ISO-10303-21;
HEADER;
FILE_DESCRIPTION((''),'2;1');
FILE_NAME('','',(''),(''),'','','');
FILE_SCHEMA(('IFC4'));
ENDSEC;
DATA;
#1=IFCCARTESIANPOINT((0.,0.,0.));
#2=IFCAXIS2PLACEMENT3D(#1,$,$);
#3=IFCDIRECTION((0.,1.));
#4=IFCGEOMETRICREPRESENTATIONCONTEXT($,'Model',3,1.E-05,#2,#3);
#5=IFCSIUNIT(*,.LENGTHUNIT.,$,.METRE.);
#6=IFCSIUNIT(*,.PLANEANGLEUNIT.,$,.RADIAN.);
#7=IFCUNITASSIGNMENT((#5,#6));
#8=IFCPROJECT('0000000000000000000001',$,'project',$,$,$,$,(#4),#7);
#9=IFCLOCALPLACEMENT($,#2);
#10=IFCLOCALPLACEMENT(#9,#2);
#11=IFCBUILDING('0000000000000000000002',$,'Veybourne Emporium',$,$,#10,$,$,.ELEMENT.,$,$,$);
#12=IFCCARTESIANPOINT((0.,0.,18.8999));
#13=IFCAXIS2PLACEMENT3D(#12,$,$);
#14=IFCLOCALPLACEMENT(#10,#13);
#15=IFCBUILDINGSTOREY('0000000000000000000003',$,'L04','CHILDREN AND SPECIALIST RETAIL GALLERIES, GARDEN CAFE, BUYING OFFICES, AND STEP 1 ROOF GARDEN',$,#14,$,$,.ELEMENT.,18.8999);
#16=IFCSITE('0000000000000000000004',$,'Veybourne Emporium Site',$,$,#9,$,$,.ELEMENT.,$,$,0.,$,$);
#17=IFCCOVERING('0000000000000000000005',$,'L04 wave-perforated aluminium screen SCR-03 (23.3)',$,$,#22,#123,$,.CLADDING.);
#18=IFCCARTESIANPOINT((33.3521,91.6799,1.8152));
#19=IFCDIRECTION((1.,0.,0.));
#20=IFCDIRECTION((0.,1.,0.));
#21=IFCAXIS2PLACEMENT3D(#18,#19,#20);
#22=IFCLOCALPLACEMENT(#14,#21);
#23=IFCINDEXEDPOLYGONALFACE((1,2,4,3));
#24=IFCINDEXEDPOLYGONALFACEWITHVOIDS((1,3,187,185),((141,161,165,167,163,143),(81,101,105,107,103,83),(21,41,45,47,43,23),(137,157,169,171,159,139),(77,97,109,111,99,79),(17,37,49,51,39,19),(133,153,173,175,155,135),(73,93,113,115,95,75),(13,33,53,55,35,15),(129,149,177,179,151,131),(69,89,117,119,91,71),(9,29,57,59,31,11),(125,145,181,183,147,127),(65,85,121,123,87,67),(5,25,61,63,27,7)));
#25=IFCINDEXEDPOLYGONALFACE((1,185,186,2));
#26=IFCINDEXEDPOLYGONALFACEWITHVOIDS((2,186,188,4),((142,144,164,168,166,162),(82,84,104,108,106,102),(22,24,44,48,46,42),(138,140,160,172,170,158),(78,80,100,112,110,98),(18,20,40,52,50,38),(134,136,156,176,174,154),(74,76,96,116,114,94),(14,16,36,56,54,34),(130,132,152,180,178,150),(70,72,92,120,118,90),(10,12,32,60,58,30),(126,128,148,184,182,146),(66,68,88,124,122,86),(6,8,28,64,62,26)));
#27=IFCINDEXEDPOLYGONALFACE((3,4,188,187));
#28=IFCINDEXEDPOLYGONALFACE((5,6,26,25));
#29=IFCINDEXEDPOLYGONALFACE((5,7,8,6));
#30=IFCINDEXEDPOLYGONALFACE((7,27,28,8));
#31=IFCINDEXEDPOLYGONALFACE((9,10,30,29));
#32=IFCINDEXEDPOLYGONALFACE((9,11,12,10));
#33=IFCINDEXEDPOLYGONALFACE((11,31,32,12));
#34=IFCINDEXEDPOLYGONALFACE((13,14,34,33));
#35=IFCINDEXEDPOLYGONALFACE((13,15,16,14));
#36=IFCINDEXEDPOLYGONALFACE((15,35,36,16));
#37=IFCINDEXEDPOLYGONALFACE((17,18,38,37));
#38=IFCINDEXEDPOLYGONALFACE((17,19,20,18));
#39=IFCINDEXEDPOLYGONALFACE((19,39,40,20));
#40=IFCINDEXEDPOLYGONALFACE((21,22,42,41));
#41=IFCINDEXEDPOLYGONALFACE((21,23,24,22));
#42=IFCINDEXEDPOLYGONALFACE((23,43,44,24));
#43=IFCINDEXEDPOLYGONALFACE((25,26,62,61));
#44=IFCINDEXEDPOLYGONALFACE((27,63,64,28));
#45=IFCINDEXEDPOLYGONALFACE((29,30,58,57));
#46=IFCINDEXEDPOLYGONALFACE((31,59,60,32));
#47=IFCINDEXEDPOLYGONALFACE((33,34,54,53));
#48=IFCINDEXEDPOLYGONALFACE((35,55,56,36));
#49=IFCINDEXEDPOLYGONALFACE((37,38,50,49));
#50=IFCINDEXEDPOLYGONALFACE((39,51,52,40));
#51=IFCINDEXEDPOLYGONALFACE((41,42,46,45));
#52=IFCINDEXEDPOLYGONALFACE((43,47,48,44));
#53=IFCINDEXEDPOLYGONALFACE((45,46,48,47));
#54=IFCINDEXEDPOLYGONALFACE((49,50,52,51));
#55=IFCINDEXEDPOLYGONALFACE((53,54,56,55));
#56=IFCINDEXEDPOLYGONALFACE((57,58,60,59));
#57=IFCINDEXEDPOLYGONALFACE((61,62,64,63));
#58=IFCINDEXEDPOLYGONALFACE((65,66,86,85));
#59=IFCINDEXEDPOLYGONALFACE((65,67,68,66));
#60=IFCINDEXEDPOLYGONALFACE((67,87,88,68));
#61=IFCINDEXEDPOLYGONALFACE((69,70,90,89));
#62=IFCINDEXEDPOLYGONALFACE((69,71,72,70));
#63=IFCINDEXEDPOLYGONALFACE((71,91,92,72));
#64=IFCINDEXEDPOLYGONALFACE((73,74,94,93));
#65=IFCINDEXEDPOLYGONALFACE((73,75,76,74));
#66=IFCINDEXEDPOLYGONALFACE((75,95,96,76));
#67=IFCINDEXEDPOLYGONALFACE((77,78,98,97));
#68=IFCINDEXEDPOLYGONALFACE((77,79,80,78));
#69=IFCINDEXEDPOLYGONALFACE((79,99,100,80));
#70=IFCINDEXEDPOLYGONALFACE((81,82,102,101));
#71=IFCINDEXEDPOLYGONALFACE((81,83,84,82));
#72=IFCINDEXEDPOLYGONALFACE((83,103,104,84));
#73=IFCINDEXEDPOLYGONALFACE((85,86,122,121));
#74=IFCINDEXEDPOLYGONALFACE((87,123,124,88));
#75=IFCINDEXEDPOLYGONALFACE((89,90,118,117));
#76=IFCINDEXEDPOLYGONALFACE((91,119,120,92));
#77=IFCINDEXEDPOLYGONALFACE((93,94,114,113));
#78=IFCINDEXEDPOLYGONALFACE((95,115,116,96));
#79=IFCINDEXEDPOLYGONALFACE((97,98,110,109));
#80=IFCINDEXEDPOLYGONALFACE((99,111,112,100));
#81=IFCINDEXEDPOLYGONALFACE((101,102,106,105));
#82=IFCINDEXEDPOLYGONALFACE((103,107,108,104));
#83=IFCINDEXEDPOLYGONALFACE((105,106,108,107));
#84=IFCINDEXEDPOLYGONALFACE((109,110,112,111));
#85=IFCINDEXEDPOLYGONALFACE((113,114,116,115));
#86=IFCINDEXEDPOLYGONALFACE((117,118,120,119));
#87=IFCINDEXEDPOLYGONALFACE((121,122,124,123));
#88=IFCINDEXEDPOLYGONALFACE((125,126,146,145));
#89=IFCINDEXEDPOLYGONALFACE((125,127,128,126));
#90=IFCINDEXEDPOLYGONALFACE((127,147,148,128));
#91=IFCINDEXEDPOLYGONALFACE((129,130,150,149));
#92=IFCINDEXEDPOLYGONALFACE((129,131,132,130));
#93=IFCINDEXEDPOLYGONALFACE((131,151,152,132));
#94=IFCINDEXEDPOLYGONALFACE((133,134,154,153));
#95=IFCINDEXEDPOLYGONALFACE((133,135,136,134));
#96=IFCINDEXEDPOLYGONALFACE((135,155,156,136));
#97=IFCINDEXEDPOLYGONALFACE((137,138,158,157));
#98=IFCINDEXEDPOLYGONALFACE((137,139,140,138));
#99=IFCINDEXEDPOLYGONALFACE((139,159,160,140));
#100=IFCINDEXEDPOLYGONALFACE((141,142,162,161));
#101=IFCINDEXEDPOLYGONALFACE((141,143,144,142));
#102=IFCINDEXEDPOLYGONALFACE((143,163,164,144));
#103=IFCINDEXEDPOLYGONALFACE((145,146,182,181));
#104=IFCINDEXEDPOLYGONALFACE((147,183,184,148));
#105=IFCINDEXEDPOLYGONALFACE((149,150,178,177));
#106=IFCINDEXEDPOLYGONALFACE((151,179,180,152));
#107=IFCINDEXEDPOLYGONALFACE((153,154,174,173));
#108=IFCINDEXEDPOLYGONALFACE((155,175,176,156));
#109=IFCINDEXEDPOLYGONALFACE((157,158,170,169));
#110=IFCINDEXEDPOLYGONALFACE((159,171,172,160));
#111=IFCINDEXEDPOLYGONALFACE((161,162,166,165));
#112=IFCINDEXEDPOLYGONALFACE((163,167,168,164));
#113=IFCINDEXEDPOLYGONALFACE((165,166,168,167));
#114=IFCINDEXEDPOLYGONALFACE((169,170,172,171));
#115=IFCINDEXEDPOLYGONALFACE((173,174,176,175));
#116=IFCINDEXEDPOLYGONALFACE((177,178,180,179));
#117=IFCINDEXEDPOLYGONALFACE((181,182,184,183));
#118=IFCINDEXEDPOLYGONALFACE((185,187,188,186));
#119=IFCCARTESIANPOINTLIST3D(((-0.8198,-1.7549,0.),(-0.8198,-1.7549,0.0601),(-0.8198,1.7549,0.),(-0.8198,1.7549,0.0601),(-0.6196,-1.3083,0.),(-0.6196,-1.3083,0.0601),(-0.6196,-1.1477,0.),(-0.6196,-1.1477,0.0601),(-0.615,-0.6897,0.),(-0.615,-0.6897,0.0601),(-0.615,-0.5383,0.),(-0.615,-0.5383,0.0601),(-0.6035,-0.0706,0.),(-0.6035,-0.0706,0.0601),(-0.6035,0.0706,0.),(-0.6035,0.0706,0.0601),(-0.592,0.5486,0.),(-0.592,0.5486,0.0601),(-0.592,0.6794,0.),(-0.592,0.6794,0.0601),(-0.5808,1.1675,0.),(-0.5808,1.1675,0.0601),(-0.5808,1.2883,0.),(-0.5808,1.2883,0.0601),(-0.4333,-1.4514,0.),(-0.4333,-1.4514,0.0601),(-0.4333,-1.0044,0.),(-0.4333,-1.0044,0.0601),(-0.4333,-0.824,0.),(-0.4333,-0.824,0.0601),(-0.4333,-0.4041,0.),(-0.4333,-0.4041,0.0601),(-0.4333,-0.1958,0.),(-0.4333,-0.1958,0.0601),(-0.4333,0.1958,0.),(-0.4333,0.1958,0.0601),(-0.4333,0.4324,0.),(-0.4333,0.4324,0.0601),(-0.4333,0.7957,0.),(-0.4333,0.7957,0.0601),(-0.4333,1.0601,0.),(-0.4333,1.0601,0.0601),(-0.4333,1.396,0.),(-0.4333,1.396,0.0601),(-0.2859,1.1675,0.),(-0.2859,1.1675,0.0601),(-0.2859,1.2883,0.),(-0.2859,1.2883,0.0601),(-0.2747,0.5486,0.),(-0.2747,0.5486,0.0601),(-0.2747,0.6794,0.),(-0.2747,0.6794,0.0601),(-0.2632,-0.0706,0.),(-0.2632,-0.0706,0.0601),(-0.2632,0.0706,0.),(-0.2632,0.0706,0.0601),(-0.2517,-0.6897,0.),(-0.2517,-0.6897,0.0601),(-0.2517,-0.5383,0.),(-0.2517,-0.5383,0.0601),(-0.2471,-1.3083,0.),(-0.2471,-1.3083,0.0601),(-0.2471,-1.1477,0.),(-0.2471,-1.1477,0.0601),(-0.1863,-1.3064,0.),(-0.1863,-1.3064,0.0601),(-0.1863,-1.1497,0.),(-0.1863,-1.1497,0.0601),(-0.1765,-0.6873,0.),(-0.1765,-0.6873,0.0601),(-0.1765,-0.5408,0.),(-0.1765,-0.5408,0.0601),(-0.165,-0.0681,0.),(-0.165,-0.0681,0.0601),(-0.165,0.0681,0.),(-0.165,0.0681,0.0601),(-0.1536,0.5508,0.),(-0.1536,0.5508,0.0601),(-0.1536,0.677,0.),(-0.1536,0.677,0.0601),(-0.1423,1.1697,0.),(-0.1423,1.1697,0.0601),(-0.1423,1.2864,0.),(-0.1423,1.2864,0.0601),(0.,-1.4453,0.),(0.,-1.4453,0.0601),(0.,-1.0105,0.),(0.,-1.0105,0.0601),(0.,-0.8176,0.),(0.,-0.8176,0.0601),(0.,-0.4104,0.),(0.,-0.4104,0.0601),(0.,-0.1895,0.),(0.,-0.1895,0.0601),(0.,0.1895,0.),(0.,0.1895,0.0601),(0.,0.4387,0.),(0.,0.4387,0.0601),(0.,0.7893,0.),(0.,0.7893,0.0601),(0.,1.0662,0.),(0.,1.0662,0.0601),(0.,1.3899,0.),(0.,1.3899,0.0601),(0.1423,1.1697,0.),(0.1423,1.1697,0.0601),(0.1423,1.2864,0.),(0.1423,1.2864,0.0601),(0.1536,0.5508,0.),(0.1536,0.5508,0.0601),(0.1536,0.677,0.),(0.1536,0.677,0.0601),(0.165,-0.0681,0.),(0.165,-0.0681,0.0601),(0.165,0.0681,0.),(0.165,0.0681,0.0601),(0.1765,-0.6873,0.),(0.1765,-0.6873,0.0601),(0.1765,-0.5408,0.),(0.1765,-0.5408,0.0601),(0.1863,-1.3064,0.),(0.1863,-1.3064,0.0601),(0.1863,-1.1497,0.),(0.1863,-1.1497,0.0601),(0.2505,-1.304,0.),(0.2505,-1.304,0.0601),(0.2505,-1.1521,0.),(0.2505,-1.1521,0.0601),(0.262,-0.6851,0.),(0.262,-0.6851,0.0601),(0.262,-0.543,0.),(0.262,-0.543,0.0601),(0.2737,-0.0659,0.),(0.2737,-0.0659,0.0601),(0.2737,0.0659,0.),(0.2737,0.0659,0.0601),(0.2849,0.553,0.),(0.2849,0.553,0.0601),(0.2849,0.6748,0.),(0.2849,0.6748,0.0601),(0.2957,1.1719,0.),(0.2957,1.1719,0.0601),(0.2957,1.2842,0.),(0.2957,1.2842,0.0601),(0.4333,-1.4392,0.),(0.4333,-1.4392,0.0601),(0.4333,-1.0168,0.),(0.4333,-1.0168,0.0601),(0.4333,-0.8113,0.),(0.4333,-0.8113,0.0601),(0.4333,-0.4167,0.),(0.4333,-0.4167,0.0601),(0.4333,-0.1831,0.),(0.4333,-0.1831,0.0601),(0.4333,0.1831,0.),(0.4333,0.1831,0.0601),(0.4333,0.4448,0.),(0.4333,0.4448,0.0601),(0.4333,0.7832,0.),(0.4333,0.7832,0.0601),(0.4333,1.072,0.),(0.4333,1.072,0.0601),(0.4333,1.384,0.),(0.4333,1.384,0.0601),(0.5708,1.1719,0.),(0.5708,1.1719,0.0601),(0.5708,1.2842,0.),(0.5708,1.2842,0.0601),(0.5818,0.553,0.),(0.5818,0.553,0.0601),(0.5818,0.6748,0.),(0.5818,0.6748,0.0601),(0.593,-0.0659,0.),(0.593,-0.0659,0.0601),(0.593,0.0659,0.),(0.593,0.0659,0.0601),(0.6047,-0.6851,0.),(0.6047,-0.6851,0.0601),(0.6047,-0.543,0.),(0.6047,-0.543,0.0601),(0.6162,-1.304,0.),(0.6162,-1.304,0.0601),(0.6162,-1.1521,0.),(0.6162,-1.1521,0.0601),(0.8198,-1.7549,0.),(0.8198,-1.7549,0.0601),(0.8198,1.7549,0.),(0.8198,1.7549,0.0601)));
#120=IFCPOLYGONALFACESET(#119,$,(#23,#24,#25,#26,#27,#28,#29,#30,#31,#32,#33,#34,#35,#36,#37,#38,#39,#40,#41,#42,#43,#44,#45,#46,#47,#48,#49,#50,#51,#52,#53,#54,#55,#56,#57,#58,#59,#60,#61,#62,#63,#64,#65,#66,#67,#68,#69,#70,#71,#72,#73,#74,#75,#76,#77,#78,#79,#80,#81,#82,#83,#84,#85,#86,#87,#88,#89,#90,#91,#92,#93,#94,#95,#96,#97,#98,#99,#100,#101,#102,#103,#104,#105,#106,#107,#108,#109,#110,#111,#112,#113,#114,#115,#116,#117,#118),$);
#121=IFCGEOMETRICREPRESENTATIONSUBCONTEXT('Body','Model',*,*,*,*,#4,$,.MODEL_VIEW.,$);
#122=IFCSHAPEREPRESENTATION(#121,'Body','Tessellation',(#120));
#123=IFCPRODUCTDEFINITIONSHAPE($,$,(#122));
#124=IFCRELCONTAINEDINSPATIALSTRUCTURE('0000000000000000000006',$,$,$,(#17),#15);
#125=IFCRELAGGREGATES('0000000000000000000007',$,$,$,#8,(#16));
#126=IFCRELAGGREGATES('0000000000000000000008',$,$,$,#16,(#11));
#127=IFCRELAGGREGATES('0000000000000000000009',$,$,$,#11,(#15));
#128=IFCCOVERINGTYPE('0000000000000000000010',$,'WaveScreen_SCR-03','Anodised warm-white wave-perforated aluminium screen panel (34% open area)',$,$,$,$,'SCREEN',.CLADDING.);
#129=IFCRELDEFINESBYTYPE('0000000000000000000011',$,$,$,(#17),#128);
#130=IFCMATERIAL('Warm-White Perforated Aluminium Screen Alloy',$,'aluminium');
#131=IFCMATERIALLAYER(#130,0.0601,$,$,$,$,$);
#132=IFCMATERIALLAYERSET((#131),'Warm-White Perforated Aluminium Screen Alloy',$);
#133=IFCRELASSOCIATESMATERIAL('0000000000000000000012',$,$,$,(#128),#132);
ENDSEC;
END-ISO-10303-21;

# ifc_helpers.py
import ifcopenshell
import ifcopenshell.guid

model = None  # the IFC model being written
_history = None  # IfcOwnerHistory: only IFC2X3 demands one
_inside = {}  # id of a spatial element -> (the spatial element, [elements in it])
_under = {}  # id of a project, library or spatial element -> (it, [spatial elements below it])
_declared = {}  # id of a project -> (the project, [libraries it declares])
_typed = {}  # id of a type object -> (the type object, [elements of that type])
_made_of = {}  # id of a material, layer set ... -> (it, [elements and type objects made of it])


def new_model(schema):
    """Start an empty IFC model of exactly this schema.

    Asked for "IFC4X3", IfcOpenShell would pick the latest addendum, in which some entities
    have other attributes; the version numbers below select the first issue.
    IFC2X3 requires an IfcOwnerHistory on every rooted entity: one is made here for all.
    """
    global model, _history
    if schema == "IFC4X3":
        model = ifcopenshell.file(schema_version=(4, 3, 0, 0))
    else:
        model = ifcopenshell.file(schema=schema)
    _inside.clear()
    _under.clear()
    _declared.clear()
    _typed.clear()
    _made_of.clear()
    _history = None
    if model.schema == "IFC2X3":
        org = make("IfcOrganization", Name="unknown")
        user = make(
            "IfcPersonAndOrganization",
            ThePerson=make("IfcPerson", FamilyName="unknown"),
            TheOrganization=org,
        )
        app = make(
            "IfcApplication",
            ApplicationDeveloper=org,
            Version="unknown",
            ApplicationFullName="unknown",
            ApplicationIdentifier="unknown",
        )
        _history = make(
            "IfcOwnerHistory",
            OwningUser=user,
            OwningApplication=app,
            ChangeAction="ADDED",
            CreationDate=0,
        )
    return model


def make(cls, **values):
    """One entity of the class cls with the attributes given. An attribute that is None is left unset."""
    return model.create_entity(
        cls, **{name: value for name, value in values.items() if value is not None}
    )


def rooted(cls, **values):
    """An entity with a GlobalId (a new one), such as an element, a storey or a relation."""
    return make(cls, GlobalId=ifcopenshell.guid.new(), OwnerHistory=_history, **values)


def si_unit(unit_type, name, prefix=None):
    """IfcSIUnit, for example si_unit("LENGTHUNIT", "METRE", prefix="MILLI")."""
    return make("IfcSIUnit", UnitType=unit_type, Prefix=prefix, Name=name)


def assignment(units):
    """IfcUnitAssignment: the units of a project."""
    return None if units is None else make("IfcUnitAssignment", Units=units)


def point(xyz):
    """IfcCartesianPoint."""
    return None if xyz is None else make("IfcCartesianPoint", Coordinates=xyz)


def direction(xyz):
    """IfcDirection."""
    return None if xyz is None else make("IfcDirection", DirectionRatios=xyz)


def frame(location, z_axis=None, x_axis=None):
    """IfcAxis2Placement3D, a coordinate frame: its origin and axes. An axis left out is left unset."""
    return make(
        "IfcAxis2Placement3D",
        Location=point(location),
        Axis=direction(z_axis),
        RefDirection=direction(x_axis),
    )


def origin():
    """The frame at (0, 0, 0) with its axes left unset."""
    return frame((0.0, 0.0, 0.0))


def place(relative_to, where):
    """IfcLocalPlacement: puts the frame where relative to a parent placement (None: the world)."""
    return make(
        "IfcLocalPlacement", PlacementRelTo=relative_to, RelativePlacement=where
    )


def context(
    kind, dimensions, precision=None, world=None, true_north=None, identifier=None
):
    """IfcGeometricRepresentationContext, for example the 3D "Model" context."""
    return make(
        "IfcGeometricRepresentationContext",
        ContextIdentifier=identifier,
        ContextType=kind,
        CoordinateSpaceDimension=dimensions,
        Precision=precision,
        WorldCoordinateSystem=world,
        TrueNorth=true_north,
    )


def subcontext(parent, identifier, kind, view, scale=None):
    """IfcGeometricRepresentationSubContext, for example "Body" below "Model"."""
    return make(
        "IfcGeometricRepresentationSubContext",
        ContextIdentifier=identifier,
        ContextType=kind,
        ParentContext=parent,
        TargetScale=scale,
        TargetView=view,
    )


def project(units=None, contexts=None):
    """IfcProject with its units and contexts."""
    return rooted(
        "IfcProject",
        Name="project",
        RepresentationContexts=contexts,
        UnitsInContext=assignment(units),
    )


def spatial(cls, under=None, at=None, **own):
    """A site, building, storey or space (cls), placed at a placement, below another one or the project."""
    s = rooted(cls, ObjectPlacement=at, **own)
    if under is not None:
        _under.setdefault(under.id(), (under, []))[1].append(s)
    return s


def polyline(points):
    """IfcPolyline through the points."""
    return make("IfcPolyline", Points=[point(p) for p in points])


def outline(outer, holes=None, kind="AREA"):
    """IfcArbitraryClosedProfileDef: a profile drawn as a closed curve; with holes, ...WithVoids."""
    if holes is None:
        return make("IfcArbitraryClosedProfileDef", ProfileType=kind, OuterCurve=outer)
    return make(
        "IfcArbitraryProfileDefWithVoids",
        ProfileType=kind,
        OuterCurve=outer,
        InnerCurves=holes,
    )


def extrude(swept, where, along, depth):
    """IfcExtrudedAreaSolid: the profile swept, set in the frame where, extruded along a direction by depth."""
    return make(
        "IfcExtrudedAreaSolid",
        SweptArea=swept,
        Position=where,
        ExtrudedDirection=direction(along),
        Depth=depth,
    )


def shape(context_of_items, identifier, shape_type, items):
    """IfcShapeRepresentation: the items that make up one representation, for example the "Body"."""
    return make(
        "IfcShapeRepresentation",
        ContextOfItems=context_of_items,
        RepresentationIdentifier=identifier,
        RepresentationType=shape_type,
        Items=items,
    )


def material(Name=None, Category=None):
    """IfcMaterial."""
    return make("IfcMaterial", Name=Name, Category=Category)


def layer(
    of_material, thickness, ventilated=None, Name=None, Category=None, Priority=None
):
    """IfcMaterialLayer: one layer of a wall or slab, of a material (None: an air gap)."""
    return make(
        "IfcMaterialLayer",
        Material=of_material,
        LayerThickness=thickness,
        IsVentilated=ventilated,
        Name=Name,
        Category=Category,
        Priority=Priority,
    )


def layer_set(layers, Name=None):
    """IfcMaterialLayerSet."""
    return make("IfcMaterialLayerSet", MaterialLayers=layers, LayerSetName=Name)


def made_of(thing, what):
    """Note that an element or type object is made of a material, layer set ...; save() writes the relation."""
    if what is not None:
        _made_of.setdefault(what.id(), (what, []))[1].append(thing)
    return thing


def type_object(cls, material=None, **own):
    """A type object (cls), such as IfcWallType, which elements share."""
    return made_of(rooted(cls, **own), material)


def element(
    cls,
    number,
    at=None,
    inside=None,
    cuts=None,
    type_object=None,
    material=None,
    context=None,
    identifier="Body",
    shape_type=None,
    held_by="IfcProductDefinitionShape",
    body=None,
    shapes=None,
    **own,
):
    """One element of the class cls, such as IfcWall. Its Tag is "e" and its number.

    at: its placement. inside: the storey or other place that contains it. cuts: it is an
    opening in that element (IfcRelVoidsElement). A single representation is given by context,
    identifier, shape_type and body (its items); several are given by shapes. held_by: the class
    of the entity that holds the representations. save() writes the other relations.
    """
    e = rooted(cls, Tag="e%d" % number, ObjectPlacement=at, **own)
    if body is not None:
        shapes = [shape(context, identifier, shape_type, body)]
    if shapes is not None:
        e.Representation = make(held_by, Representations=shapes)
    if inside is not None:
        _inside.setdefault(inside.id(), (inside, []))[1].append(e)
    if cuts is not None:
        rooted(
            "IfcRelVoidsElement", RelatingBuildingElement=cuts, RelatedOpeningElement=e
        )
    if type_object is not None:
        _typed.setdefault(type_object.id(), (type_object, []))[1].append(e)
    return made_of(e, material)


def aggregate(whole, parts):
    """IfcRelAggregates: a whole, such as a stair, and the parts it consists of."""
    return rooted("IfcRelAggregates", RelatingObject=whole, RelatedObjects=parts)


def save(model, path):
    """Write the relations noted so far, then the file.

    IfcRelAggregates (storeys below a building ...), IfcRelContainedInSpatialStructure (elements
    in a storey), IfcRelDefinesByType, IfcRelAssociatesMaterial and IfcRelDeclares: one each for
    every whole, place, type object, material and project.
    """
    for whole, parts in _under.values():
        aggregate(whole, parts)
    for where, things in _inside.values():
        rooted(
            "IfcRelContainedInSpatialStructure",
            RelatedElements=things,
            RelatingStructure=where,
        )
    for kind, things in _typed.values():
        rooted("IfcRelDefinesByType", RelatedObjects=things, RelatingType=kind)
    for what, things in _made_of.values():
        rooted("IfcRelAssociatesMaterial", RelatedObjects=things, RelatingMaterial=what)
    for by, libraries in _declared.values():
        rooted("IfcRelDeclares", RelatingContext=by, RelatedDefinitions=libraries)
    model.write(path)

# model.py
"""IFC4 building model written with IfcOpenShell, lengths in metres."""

from ifc_helpers import new_model, si_unit, direction, frame, origin, place, context, subcontext, project, spatial, polyline, outline, extrude, material, layer, layer_set, type_object, element, save


model = new_model("IFC4")

# Units and contexts
model_context = context("Model", 3, precision=1e-05, world=origin(), true_north=direction((0.0, 1.0)))
body_context = subcontext(model_context, "Body", "Model", "MODEL_VIEW")
ifc_project = project(units=[si_unit("LENGTHUNIT", "METRE"), si_unit("PLANEANGLEUNIT", "RADIAN")], contexts=[model_context])

# Site, building, storey
site_placement = place(None, origin())
site = spatial("IfcSite", under=ifc_project, at=site_placement, Name="Veybourne Emporium Site", CompositionType="ELEMENT", RefElevation=0.0)
building_placement = place(site_placement, origin())
building = spatial("IfcBuilding", under=site, at=building_placement, Name="Veybourne Emporium", CompositionType="ELEMENT")
storey_placement = place(building_placement, frame((0.0, 0.0, 18.8999)))
storey = spatial("IfcBuildingStorey", under=building, at=storey_placement, Name="L04", Description="CHILDREN AND SPECIALIST RETAIL GALLERIES, GARDEN CAFE, BUYING OFFICES, AND STEP 1 ROOF GARDEN", CompositionType="ELEMENT", Elevation=18.8999)

# Covering
ifc_material_1 = material(Name="Warm-White Perforated Aluminium Screen Alloy", Category="aluminium")
ifc_layer_1 = layer(ifc_material_1, 0.0601)
ifc_layer_set_1 = layer_set([ifc_layer_1], Name="Warm-White Perforated Aluminium Screen Alloy")
covering_type_1 = type_object("IfcCoveringType", Name="WaveScreen_SCR-03", Description="Anodised warm-white wave-perforated aluminium screen panel (34% open area)", ElementType="SCREEN", PredefinedType="CLADDING", material=ifc_layer_set_1)
covering_1_placement = place(storey_placement, frame((33.3521, 91.6799, 1.8152), z_axis=(1.0, 0.0, 0.0), x_axis=(0.0, 1.0, 0.0)))
element("IfcCovering", 1, at=covering_1_placement, inside=storey, type_object=covering_type_1, Name="L04 wave-perforated aluminium screen SCR-03 (23.3)", PredefinedType="CLADDING", context=body_context, shape_type="SweptSolid", body=[
    extrude(outline(polyline([(-0.8198, -1.7549), (0.8198, -1.7549), (0.8198, 1.7549), (-0.8198, 1.7549), (-0.8198, -1.7549)]), holes=[polyline([(-0.4333, -1.0044), (-0.2471, -1.1477), (-0.2471, -1.3083), (-0.4333, -1.4514), (-0.6196, -1.3083), (-0.6196, -1.1477), (-0.4333, -1.0044)]), polyline([(-0.4333, -0.4041), (-0.2517, -0.5383), (-0.2517, -0.6897), (-0.4333, -0.824), (-0.615, -0.6897), (-0.615, -0.5383), (-0.4333, -0.4041)]), polyline([(-0.4333, 0.1958), (-0.2632, 0.0706), (-0.2632, -0.0706), (-0.4333, -0.1958), (-0.6035, -0.0706), (-0.6035, 0.0706), (-0.4333, 0.1958)]), polyline([(-0.4333, 0.7957), (-0.2747, 0.6794), (-0.2747, 0.5486), (-0.4333, 0.4324), (-0.592, 0.5486), (-0.592, 0.6794), (-0.4333, 0.7957)]), polyline([(-0.4333, 1.396), (-0.2859, 1.2883), (-0.2859, 1.1675), (-0.4333, 1.0601), (-0.5808, 1.1675), (-0.5808, 1.2883), (-0.4333, 1.396)]), polyline([(0.0, -1.0105), (0.1863, -1.1497), (0.1863, -1.3064), (0.0, -1.4453), (-0.1863, -1.3064), (-0.1863, -1.1497), (0.0, -1.0105)]), polyline([(0.0, -0.4104), (0.1765, -0.5408), (0.1765, -0.6873), (0.0, -0.8176), (-0.1765, -0.6873), (-0.1765, -0.5408), (0.0, -0.4104)]), polyline([(0.0, 0.1895), (0.165, 0.0681), (0.165, -0.0681), (0.0, -0.1895), (-0.165, -0.0681), (-0.165, 0.0681), (0.0, 0.1895)]), polyline([(0.0, 0.7893), (0.1536, 0.677), (0.1536, 0.5508), (0.0, 0.4387), (-0.1536, 0.5508), (-0.1536, 0.677), (0.0, 0.7893)]), polyline([(0.0, 1.3899), (0.1423, 1.2864), (0.1423, 1.1697), (0.0, 1.0662), (-0.1423, 1.1697), (-0.1423, 1.2864), (0.0, 1.3899)]), polyline([(0.4333, -1.0168), (0.6162, -1.1521), (0.6162, -1.304), (0.4333, -1.4392), (0.2505, -1.304), (0.2505, -1.1521), (0.4333, -1.0168)]), polyline([(0.4333, -0.4167), (0.6047, -0.543), (0.6047, -0.6851), (0.4333, -0.8113), (0.262, -0.6851), (0.262, -0.543), (0.4333, -0.4167)]), polyline([(0.4333, 0.1831), (0.593, 0.0659), (0.593, -0.0659), (0.4333, -0.1831), (0.2737, -0.0659), (0.2737, 0.0659), (0.4333, 0.1831)]), polyline([(0.4333, 0.7832), (0.5818, 0.6748), (0.5818, 0.553), (0.4333, 0.4448), (0.2849, 0.553), (0.2849, 0.6748), (0.4333, 0.7832)]), polyline([(0.4333, 1.384), (0.5708, 1.2842), (0.5708, 1.1719), (0.4333, 1.072), (0.2957, 1.1719), (0.2957, 1.2842), (0.4333, 1.384)])]), origin(), (0.0, 0.0, 1.0), 0.0601),
])

save(model, "model.ifc")
